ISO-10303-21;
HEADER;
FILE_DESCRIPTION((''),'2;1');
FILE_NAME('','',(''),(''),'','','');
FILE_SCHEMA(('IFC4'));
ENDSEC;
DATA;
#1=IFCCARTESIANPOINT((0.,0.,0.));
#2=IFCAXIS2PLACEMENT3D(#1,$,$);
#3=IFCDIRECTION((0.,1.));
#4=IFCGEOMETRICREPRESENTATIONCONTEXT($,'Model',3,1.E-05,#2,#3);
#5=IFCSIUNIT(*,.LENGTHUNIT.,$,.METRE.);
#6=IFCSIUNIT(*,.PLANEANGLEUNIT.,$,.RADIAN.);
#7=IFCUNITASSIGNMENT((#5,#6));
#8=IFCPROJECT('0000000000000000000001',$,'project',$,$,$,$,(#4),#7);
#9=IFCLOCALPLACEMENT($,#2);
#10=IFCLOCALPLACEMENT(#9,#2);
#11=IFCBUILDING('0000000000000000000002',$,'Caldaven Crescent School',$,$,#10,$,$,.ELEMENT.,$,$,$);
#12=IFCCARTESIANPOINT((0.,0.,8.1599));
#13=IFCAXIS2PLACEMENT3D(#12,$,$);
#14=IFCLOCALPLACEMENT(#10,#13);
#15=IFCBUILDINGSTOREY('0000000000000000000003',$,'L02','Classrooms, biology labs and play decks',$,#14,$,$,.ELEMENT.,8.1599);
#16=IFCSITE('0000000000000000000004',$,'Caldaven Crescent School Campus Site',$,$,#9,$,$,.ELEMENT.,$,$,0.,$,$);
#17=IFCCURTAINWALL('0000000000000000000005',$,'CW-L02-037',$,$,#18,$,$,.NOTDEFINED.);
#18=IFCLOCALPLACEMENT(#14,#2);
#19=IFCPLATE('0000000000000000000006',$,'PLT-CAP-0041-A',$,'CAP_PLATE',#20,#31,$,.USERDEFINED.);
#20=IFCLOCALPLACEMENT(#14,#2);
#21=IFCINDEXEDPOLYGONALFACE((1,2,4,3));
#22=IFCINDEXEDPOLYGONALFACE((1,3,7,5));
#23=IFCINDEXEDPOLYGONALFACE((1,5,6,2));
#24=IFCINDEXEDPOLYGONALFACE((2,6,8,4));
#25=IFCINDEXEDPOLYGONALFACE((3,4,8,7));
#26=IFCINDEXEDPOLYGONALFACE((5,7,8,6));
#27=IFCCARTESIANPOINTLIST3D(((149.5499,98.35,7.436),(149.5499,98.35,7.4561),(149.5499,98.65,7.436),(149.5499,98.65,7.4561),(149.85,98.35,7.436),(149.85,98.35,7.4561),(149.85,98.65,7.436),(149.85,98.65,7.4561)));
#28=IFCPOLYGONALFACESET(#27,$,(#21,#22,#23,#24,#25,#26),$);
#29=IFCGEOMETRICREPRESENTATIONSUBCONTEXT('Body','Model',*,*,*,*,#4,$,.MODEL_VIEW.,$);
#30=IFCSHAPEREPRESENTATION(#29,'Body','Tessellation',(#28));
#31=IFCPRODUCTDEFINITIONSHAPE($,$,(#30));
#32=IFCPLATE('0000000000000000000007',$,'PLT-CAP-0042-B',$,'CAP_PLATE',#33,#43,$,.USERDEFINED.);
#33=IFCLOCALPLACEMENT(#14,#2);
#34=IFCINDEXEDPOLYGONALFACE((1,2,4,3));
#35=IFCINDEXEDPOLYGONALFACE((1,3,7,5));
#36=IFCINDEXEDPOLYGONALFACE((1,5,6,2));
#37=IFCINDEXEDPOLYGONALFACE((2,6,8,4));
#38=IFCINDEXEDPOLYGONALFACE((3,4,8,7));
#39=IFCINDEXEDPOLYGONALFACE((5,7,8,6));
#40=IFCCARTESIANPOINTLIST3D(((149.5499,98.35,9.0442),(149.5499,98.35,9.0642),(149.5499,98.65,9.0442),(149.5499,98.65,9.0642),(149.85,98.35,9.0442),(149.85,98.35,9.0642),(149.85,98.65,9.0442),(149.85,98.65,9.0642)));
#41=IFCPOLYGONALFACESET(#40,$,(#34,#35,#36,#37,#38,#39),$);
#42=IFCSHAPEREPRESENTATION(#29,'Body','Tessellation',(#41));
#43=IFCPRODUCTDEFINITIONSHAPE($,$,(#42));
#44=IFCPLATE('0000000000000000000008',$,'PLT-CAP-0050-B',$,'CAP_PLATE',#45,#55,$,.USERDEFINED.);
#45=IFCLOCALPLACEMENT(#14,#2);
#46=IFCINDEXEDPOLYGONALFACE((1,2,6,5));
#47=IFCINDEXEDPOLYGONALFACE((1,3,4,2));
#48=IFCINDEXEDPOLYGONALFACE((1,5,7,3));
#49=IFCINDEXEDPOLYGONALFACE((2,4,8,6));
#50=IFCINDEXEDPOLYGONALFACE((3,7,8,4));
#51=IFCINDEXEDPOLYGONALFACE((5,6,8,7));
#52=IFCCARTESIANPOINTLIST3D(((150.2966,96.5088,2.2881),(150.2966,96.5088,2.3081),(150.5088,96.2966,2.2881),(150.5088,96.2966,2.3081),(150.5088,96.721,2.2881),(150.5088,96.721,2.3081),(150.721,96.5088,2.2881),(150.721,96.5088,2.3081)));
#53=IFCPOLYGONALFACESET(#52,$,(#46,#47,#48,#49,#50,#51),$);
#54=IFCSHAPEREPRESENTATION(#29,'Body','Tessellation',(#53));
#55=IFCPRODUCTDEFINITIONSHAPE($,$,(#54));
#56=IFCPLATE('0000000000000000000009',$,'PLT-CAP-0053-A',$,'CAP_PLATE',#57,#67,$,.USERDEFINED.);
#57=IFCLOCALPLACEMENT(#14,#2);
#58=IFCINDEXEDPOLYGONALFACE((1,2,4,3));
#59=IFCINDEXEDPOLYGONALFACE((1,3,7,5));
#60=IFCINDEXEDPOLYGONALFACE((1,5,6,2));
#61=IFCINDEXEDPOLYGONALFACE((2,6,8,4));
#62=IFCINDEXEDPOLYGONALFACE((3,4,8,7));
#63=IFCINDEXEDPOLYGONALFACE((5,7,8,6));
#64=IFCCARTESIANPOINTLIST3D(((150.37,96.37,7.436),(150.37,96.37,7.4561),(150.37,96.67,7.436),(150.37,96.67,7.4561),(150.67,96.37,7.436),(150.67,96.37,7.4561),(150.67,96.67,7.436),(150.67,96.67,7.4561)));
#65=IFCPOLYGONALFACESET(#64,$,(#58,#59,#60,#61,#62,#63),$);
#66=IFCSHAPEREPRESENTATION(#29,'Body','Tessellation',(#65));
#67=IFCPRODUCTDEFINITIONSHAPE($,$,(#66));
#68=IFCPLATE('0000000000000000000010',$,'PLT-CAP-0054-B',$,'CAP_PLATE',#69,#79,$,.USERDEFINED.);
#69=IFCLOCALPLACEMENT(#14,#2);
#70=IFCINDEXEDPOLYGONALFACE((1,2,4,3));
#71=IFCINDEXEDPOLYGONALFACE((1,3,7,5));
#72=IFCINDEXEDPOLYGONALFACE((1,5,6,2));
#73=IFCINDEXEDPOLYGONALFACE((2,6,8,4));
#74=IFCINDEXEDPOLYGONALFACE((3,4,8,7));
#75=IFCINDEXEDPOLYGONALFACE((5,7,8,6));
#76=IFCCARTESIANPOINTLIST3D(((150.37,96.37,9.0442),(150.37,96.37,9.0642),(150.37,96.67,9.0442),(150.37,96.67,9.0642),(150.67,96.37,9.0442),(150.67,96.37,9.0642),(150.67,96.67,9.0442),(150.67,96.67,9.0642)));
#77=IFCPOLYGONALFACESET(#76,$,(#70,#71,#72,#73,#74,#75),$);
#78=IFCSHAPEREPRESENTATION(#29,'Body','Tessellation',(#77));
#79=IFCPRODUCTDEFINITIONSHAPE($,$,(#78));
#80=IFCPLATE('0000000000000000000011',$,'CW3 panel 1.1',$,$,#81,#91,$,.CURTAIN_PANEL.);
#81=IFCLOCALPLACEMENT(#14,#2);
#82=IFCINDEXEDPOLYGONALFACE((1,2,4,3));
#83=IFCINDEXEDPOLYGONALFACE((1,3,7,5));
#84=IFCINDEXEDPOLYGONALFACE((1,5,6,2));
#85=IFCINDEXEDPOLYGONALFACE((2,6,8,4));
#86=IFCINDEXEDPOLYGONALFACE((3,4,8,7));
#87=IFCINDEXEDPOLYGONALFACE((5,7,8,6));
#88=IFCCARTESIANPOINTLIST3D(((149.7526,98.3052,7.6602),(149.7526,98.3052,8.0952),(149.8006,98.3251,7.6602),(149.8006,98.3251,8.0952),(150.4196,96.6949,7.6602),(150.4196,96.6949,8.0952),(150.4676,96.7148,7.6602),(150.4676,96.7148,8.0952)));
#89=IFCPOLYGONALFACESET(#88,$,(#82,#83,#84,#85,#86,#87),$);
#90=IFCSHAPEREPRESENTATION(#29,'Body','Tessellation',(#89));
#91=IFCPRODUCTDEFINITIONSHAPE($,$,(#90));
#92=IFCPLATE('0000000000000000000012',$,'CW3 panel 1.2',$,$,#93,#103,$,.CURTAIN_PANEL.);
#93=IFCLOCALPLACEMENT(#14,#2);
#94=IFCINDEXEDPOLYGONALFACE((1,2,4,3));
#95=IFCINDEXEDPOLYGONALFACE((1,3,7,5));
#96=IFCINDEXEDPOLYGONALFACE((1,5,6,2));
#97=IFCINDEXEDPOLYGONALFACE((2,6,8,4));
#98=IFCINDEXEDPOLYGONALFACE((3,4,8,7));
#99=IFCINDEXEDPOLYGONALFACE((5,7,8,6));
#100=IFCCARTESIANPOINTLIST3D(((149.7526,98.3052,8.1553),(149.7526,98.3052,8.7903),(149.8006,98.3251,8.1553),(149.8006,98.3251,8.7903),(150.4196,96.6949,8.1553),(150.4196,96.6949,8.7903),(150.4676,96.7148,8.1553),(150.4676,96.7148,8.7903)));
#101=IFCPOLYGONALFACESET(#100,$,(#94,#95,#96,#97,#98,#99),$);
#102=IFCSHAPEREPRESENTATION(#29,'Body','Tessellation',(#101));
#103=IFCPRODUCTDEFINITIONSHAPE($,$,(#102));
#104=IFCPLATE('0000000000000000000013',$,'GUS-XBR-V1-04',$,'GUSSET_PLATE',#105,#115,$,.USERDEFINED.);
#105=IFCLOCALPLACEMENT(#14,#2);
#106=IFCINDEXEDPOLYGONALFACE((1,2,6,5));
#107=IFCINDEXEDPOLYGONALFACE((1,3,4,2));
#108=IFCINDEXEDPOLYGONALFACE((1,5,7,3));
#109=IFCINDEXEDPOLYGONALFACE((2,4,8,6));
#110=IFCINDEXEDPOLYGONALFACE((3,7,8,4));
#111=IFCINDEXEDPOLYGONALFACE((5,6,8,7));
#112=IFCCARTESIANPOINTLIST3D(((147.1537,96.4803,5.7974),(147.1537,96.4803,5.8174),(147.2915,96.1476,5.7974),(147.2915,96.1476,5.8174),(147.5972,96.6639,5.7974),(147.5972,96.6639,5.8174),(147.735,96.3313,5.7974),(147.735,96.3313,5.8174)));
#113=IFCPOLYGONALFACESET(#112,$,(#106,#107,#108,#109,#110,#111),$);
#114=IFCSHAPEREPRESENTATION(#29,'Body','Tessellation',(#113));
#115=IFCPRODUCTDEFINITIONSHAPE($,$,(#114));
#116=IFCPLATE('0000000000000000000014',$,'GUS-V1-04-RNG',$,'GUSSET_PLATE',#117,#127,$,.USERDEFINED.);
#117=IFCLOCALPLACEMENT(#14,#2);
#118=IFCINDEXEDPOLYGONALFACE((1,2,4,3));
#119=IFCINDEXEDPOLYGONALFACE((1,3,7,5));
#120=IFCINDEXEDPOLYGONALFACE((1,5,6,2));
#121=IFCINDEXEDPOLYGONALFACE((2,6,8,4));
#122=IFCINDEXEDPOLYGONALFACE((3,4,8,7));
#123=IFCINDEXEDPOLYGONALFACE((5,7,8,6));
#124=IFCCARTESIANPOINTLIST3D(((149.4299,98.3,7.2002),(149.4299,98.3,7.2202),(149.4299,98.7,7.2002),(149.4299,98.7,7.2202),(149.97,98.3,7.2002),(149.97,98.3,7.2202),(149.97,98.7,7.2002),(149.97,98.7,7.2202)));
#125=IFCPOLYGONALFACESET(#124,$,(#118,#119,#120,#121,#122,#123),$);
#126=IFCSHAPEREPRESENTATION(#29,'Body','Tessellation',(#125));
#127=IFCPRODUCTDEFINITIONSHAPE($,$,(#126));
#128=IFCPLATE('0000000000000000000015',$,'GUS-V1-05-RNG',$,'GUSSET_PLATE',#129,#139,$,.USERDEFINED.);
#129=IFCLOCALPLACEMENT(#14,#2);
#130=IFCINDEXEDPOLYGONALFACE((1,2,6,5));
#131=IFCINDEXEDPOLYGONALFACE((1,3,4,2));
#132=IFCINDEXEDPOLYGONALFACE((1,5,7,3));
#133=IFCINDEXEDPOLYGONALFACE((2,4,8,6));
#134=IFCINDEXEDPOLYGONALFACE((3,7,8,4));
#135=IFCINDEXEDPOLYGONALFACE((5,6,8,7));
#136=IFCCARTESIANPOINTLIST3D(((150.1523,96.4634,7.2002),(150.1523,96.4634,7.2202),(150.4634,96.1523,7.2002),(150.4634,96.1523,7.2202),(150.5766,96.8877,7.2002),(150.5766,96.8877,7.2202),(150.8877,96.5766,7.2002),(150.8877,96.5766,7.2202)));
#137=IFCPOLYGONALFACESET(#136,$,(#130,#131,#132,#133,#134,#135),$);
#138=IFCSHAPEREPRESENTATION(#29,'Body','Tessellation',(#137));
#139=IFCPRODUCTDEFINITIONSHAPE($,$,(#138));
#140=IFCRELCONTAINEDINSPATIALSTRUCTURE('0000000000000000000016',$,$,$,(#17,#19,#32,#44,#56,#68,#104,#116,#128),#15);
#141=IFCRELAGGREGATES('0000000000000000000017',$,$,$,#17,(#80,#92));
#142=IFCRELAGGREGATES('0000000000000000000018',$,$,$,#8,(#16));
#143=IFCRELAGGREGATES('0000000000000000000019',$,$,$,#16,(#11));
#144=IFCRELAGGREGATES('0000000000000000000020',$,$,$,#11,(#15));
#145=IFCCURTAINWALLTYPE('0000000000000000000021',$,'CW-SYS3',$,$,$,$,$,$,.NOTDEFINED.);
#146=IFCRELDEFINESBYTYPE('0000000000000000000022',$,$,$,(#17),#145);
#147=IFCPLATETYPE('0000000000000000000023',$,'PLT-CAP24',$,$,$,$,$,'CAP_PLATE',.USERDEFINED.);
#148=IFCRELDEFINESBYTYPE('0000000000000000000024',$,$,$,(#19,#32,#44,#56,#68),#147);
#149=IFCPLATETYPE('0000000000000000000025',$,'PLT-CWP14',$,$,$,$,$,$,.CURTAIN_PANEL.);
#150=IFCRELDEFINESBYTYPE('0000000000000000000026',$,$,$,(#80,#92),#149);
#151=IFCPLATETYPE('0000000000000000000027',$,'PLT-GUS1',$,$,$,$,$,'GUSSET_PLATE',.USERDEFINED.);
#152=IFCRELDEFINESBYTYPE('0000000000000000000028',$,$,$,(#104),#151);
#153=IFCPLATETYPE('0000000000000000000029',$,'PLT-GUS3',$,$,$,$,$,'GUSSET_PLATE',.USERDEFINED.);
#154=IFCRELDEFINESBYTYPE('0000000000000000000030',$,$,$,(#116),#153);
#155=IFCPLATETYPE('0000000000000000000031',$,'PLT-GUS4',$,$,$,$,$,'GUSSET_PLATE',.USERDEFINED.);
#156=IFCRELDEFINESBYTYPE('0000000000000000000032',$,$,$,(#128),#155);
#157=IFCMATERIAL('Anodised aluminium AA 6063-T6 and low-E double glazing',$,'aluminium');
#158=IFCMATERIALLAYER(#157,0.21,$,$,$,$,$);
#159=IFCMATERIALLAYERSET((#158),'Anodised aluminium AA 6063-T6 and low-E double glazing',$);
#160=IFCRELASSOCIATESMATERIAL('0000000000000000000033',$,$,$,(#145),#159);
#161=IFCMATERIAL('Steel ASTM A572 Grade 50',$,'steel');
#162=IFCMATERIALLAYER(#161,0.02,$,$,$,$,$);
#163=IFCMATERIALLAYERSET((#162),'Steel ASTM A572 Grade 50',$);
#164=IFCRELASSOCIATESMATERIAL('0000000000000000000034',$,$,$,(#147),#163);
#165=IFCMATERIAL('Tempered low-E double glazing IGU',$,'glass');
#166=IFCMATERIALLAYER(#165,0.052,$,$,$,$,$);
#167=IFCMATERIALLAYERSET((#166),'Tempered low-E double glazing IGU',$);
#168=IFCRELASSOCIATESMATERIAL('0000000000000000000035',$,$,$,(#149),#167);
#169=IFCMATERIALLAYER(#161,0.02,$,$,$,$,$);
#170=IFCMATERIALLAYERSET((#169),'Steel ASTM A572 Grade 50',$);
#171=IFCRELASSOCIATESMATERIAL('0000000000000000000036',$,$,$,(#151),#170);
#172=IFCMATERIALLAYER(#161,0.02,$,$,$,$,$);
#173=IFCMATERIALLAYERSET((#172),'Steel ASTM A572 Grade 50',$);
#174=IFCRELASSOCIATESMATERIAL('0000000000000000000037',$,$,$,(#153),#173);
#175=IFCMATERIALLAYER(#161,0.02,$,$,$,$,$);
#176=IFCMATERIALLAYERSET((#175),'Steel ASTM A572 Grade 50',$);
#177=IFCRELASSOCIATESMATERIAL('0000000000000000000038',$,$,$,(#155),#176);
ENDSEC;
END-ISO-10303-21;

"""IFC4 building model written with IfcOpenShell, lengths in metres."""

from ifc_helpers import new_model, si_unit, direction, frame, origin, origin_2d, place, context, subcontext, project, spatial, rectangle, extrude, material, layer, layer_set, type_object, element, aggregate, save


model = new_model("IFC4")

# Units and contexts
model_context = context("Model", 3, precision=1e-05, world=origin(), true_north=direction((0.0, 1.0)))
body_context = subcontext(model_context, "Body", "Model", "MODEL_VIEW")
ifc_project = project(units=[si_unit("LENGTHUNIT", "METRE"), si_unit("PLANEANGLEUNIT", "RADIAN")], contexts=[model_context])

# Site, building, storey
site_placement = place(None, origin())
site = spatial("IfcSite", under=ifc_project, at=site_placement, Name="Caldaven Crescent School Campus Site", CompositionType="ELEMENT", RefElevation=0.0)
building_placement = place(site_placement, origin())
building = spatial("IfcBuilding", under=site, at=building_placement, Name="Caldaven Crescent School", CompositionType="ELEMENT")
storey_placement = place(building_placement, frame((0.0, 0.0, 8.1599)))
storey = spatial("IfcBuildingStorey", under=building, at=storey_placement, Name="L02", Description="Classrooms, biology labs and play decks", CompositionType="ELEMENT", Elevation=8.1599)

# Shared definitions
ifc_material_1 = material(Name="Steel ASTM A572 Grade 50", Category="steel")

# Curtain wall
ifc_material_2 = material(Name="Anodised aluminium AA 6063-T6 and low-E double glazing", Category="aluminium")
ifc_layer_1 = layer(ifc_material_2, 0.21)
ifc_layer_set_1 = layer_set([ifc_layer_1], Name="Anodised aluminium AA 6063-T6 and low-E double glazing")
curtain_wall_type_1 = type_object("IfcCurtainWallType", Name="CW-SYS3", PredefinedType="NOTDEFINED", material=ifc_layer_set_1)
curtain_wall_1_placement = place(storey_placement, origin())
curtain_wall_1 = element("IfcCurtainWall", 1, at=curtain_wall_1_placement, inside=storey, type_object=curtain_wall_type_1, Name="CW-L02-037", PredefinedType="NOTDEFINED")

# Plates
ifc_layer_2 = layer(ifc_material_1, 0.02)
ifc_layer_set_2 = layer_set([ifc_layer_2], Name="Steel ASTM A572 Grade 50")
plate_type_1 = type_object("IfcPlateType", Name="PLT-CAP24", ElementType="CAP_PLATE", PredefinedType="USERDEFINED", material=ifc_layer_set_2)
for number, where, z_axis, x_axis, name in (
    (2, (149.7, 98.5, 7.436), (0.0, 0.0, 1.0), (1.0, 0.0, 0.0), "PLT-CAP-0041-A"),
    (3, (149.7, 98.5, 9.0442), (0.0, 0.0, 1.0), (1.0, 0.0, 0.0), "PLT-CAP-0042-B"),
    (4, (150.5088, 96.5088, 2.2881), (0.0, 0.0, 1.0), (0.707107, 0.707107, 0.0), "PLT-CAP-0050-B"),
    (5, (150.52, 96.52, 7.436), (0.0, 0.0, 1.0), (1.0, 0.0, 0.0), "PLT-CAP-0053-A"),
    (6, (150.52, 96.52, 9.0442), (0.0, 0.0, 1.0), (1.0, 0.0, 0.0), "PLT-CAP-0054-B"),
):
    element("IfcPlate", number, at=place(storey_placement, frame(where, z_axis=z_axis, x_axis=x_axis)), inside=storey, type_object=plate_type_1, Name=name, ObjectType="CAP_PLATE", PredefinedType="USERDEFINED", context=body_context, shape_type="SweptSolid", body=[
        extrude(rectangle(XDim=0.3, YDim=0.3, at=origin_2d()), origin(), (0.0, 0.0, 1.0), 0.02),
    ])

# Plates
ifc_material_3 = material(Name="Tempered low-E double glazing IGU", Category="glass")
ifc_layer_3 = layer(ifc_material_3, 0.052)
ifc_layer_set_3 = layer_set([ifc_layer_3], Name="Tempered low-E double glazing IGU")
plate_type_2 = type_object("IfcPlateType", Name="PLT-CWP14", PredefinedType="CURTAIN_PANEL", material=ifc_layer_set_3)
plate_1_placement = place(storey_placement, frame((150.1101, 97.51, 7.6602), z_axis=(0.0, 0.0, 1.0), x_axis=(0.382682, -0.92388, 0.0)))
plate_1 = element("IfcPlate", 7, at=plate_1_placement, type_object=plate_type_2, Name="CW3 panel 1.1", PredefinedType="CURTAIN_PANEL", context=body_context, shape_type="SweptSolid", body=[
    extrude(rectangle(XDim=1.7429, YDim=0.052, at=origin_2d()), origin(), (0.0, 0.0, 1.0), 0.4351),
])
plate_2_placement = place(storey_placement, frame((150.1101, 97.51, 8.1553), z_axis=(0.0, 0.0, 1.0), x_axis=(0.382682, -0.92388, 0.0)))
plate_2 = element("IfcPlate", 8, at=plate_2_placement, type_object=plate_type_2, Name="CW3 panel 1.2", PredefinedType="CURTAIN_PANEL", context=body_context, shape_type="SweptSolid", body=[
    extrude(rectangle(XDim=1.7429, YDim=0.052, at=origin_2d()), origin(), (0.0, 0.0, 1.0), 0.635),
])
aggregate(curtain_wall_1, [plate_1, plate_2])

# Plates
ifc_layer_4 = layer(ifc_material_1, 0.02)
ifc_layer_set_4 = layer_set([ifc_layer_4], Name="Steel ASTM A572 Grade 50")
plate_type_3 = type_object("IfcPlateType", Name="PLT-GUS1", ElementType="GUSSET_PLATE", PredefinedType="USERDEFINED", material=ifc_layer_set_4)
plate_3_placement = place(storey_placement, frame((147.4443, 96.4058, 5.7974), z_axis=(0.0, 0.0, 1.0), x_axis=(-0.92388, -0.382683, 0.0)))
element("IfcPlate", 9, at=plate_3_placement, inside=storey, type_object=plate_type_3, Name="GUS-XBR-V1-04", ObjectType="GUSSET_PLATE", PredefinedType="USERDEFINED", context=body_context, shape_type="SweptSolid", body=[
    extrude(rectangle(XDim=0.48, YDim=0.3601, at=origin_2d()), origin(), (0.0, 0.0, 1.0), 0.02),
])
ifc_layer_5 = layer(ifc_material_1, 0.02)
ifc_layer_set_5 = layer_set([ifc_layer_5], Name="Steel ASTM A572 Grade 50")
plate_type_4 = type_object("IfcPlateType", Name="PLT-GUS3", ElementType="GUSSET_PLATE", PredefinedType="USERDEFINED", material=ifc_layer_set_5)
plate_4_placement = place(storey_placement, frame((149.7, 98.5, 7.2002), z_axis=(0.0, 0.0, 1.0), x_axis=(-1.0, 0.0, 0.0)))
element("IfcPlate", 10, at=plate_4_placement, inside=storey, type_object=plate_type_4, Name="GUS-V1-04-RNG", ObjectType="GUSSET_PLATE", PredefinedType="USERDEFINED", context=body_context, shape_type="SweptSolid", body=[
    extrude(rectangle(XDim=0.54, YDim=0.3999, at=origin_2d()), origin(), (0.0, 0.0, 1.0), 0.02),
])
ifc_layer_6 = layer(ifc_material_1, 0.02)
ifc_layer_set_6 = layer_set([ifc_layer_6], Name="Steel ASTM A572 Grade 50")
plate_type_5 = type_object("IfcPlateType", Name="PLT-GUS4", ElementType="GUSSET_PLATE", PredefinedType="USERDEFINED", material=ifc_layer_set_6)
plate_5_placement = place(storey_placement, frame((150.52, 96.52, 7.2002), z_axis=(0.0, 0.0, 1.0), x_axis=(-0.707107, -0.707107, 0.0)))
element("IfcPlate", 11, at=plate_5_placement, inside=storey, type_object=plate_type_5, Name="GUS-V1-05-RNG", ObjectType="GUSSET_PLATE", PredefinedType="USERDEFINED", context=body_context, shape_type="SweptSolid", body=[
    extrude(rectangle(XDim=0.6001, YDim=0.4399, at=origin_2d()), origin(), (0.0, 0.0, 1.0), 0.02),
])

save(model, "model.ifc")
